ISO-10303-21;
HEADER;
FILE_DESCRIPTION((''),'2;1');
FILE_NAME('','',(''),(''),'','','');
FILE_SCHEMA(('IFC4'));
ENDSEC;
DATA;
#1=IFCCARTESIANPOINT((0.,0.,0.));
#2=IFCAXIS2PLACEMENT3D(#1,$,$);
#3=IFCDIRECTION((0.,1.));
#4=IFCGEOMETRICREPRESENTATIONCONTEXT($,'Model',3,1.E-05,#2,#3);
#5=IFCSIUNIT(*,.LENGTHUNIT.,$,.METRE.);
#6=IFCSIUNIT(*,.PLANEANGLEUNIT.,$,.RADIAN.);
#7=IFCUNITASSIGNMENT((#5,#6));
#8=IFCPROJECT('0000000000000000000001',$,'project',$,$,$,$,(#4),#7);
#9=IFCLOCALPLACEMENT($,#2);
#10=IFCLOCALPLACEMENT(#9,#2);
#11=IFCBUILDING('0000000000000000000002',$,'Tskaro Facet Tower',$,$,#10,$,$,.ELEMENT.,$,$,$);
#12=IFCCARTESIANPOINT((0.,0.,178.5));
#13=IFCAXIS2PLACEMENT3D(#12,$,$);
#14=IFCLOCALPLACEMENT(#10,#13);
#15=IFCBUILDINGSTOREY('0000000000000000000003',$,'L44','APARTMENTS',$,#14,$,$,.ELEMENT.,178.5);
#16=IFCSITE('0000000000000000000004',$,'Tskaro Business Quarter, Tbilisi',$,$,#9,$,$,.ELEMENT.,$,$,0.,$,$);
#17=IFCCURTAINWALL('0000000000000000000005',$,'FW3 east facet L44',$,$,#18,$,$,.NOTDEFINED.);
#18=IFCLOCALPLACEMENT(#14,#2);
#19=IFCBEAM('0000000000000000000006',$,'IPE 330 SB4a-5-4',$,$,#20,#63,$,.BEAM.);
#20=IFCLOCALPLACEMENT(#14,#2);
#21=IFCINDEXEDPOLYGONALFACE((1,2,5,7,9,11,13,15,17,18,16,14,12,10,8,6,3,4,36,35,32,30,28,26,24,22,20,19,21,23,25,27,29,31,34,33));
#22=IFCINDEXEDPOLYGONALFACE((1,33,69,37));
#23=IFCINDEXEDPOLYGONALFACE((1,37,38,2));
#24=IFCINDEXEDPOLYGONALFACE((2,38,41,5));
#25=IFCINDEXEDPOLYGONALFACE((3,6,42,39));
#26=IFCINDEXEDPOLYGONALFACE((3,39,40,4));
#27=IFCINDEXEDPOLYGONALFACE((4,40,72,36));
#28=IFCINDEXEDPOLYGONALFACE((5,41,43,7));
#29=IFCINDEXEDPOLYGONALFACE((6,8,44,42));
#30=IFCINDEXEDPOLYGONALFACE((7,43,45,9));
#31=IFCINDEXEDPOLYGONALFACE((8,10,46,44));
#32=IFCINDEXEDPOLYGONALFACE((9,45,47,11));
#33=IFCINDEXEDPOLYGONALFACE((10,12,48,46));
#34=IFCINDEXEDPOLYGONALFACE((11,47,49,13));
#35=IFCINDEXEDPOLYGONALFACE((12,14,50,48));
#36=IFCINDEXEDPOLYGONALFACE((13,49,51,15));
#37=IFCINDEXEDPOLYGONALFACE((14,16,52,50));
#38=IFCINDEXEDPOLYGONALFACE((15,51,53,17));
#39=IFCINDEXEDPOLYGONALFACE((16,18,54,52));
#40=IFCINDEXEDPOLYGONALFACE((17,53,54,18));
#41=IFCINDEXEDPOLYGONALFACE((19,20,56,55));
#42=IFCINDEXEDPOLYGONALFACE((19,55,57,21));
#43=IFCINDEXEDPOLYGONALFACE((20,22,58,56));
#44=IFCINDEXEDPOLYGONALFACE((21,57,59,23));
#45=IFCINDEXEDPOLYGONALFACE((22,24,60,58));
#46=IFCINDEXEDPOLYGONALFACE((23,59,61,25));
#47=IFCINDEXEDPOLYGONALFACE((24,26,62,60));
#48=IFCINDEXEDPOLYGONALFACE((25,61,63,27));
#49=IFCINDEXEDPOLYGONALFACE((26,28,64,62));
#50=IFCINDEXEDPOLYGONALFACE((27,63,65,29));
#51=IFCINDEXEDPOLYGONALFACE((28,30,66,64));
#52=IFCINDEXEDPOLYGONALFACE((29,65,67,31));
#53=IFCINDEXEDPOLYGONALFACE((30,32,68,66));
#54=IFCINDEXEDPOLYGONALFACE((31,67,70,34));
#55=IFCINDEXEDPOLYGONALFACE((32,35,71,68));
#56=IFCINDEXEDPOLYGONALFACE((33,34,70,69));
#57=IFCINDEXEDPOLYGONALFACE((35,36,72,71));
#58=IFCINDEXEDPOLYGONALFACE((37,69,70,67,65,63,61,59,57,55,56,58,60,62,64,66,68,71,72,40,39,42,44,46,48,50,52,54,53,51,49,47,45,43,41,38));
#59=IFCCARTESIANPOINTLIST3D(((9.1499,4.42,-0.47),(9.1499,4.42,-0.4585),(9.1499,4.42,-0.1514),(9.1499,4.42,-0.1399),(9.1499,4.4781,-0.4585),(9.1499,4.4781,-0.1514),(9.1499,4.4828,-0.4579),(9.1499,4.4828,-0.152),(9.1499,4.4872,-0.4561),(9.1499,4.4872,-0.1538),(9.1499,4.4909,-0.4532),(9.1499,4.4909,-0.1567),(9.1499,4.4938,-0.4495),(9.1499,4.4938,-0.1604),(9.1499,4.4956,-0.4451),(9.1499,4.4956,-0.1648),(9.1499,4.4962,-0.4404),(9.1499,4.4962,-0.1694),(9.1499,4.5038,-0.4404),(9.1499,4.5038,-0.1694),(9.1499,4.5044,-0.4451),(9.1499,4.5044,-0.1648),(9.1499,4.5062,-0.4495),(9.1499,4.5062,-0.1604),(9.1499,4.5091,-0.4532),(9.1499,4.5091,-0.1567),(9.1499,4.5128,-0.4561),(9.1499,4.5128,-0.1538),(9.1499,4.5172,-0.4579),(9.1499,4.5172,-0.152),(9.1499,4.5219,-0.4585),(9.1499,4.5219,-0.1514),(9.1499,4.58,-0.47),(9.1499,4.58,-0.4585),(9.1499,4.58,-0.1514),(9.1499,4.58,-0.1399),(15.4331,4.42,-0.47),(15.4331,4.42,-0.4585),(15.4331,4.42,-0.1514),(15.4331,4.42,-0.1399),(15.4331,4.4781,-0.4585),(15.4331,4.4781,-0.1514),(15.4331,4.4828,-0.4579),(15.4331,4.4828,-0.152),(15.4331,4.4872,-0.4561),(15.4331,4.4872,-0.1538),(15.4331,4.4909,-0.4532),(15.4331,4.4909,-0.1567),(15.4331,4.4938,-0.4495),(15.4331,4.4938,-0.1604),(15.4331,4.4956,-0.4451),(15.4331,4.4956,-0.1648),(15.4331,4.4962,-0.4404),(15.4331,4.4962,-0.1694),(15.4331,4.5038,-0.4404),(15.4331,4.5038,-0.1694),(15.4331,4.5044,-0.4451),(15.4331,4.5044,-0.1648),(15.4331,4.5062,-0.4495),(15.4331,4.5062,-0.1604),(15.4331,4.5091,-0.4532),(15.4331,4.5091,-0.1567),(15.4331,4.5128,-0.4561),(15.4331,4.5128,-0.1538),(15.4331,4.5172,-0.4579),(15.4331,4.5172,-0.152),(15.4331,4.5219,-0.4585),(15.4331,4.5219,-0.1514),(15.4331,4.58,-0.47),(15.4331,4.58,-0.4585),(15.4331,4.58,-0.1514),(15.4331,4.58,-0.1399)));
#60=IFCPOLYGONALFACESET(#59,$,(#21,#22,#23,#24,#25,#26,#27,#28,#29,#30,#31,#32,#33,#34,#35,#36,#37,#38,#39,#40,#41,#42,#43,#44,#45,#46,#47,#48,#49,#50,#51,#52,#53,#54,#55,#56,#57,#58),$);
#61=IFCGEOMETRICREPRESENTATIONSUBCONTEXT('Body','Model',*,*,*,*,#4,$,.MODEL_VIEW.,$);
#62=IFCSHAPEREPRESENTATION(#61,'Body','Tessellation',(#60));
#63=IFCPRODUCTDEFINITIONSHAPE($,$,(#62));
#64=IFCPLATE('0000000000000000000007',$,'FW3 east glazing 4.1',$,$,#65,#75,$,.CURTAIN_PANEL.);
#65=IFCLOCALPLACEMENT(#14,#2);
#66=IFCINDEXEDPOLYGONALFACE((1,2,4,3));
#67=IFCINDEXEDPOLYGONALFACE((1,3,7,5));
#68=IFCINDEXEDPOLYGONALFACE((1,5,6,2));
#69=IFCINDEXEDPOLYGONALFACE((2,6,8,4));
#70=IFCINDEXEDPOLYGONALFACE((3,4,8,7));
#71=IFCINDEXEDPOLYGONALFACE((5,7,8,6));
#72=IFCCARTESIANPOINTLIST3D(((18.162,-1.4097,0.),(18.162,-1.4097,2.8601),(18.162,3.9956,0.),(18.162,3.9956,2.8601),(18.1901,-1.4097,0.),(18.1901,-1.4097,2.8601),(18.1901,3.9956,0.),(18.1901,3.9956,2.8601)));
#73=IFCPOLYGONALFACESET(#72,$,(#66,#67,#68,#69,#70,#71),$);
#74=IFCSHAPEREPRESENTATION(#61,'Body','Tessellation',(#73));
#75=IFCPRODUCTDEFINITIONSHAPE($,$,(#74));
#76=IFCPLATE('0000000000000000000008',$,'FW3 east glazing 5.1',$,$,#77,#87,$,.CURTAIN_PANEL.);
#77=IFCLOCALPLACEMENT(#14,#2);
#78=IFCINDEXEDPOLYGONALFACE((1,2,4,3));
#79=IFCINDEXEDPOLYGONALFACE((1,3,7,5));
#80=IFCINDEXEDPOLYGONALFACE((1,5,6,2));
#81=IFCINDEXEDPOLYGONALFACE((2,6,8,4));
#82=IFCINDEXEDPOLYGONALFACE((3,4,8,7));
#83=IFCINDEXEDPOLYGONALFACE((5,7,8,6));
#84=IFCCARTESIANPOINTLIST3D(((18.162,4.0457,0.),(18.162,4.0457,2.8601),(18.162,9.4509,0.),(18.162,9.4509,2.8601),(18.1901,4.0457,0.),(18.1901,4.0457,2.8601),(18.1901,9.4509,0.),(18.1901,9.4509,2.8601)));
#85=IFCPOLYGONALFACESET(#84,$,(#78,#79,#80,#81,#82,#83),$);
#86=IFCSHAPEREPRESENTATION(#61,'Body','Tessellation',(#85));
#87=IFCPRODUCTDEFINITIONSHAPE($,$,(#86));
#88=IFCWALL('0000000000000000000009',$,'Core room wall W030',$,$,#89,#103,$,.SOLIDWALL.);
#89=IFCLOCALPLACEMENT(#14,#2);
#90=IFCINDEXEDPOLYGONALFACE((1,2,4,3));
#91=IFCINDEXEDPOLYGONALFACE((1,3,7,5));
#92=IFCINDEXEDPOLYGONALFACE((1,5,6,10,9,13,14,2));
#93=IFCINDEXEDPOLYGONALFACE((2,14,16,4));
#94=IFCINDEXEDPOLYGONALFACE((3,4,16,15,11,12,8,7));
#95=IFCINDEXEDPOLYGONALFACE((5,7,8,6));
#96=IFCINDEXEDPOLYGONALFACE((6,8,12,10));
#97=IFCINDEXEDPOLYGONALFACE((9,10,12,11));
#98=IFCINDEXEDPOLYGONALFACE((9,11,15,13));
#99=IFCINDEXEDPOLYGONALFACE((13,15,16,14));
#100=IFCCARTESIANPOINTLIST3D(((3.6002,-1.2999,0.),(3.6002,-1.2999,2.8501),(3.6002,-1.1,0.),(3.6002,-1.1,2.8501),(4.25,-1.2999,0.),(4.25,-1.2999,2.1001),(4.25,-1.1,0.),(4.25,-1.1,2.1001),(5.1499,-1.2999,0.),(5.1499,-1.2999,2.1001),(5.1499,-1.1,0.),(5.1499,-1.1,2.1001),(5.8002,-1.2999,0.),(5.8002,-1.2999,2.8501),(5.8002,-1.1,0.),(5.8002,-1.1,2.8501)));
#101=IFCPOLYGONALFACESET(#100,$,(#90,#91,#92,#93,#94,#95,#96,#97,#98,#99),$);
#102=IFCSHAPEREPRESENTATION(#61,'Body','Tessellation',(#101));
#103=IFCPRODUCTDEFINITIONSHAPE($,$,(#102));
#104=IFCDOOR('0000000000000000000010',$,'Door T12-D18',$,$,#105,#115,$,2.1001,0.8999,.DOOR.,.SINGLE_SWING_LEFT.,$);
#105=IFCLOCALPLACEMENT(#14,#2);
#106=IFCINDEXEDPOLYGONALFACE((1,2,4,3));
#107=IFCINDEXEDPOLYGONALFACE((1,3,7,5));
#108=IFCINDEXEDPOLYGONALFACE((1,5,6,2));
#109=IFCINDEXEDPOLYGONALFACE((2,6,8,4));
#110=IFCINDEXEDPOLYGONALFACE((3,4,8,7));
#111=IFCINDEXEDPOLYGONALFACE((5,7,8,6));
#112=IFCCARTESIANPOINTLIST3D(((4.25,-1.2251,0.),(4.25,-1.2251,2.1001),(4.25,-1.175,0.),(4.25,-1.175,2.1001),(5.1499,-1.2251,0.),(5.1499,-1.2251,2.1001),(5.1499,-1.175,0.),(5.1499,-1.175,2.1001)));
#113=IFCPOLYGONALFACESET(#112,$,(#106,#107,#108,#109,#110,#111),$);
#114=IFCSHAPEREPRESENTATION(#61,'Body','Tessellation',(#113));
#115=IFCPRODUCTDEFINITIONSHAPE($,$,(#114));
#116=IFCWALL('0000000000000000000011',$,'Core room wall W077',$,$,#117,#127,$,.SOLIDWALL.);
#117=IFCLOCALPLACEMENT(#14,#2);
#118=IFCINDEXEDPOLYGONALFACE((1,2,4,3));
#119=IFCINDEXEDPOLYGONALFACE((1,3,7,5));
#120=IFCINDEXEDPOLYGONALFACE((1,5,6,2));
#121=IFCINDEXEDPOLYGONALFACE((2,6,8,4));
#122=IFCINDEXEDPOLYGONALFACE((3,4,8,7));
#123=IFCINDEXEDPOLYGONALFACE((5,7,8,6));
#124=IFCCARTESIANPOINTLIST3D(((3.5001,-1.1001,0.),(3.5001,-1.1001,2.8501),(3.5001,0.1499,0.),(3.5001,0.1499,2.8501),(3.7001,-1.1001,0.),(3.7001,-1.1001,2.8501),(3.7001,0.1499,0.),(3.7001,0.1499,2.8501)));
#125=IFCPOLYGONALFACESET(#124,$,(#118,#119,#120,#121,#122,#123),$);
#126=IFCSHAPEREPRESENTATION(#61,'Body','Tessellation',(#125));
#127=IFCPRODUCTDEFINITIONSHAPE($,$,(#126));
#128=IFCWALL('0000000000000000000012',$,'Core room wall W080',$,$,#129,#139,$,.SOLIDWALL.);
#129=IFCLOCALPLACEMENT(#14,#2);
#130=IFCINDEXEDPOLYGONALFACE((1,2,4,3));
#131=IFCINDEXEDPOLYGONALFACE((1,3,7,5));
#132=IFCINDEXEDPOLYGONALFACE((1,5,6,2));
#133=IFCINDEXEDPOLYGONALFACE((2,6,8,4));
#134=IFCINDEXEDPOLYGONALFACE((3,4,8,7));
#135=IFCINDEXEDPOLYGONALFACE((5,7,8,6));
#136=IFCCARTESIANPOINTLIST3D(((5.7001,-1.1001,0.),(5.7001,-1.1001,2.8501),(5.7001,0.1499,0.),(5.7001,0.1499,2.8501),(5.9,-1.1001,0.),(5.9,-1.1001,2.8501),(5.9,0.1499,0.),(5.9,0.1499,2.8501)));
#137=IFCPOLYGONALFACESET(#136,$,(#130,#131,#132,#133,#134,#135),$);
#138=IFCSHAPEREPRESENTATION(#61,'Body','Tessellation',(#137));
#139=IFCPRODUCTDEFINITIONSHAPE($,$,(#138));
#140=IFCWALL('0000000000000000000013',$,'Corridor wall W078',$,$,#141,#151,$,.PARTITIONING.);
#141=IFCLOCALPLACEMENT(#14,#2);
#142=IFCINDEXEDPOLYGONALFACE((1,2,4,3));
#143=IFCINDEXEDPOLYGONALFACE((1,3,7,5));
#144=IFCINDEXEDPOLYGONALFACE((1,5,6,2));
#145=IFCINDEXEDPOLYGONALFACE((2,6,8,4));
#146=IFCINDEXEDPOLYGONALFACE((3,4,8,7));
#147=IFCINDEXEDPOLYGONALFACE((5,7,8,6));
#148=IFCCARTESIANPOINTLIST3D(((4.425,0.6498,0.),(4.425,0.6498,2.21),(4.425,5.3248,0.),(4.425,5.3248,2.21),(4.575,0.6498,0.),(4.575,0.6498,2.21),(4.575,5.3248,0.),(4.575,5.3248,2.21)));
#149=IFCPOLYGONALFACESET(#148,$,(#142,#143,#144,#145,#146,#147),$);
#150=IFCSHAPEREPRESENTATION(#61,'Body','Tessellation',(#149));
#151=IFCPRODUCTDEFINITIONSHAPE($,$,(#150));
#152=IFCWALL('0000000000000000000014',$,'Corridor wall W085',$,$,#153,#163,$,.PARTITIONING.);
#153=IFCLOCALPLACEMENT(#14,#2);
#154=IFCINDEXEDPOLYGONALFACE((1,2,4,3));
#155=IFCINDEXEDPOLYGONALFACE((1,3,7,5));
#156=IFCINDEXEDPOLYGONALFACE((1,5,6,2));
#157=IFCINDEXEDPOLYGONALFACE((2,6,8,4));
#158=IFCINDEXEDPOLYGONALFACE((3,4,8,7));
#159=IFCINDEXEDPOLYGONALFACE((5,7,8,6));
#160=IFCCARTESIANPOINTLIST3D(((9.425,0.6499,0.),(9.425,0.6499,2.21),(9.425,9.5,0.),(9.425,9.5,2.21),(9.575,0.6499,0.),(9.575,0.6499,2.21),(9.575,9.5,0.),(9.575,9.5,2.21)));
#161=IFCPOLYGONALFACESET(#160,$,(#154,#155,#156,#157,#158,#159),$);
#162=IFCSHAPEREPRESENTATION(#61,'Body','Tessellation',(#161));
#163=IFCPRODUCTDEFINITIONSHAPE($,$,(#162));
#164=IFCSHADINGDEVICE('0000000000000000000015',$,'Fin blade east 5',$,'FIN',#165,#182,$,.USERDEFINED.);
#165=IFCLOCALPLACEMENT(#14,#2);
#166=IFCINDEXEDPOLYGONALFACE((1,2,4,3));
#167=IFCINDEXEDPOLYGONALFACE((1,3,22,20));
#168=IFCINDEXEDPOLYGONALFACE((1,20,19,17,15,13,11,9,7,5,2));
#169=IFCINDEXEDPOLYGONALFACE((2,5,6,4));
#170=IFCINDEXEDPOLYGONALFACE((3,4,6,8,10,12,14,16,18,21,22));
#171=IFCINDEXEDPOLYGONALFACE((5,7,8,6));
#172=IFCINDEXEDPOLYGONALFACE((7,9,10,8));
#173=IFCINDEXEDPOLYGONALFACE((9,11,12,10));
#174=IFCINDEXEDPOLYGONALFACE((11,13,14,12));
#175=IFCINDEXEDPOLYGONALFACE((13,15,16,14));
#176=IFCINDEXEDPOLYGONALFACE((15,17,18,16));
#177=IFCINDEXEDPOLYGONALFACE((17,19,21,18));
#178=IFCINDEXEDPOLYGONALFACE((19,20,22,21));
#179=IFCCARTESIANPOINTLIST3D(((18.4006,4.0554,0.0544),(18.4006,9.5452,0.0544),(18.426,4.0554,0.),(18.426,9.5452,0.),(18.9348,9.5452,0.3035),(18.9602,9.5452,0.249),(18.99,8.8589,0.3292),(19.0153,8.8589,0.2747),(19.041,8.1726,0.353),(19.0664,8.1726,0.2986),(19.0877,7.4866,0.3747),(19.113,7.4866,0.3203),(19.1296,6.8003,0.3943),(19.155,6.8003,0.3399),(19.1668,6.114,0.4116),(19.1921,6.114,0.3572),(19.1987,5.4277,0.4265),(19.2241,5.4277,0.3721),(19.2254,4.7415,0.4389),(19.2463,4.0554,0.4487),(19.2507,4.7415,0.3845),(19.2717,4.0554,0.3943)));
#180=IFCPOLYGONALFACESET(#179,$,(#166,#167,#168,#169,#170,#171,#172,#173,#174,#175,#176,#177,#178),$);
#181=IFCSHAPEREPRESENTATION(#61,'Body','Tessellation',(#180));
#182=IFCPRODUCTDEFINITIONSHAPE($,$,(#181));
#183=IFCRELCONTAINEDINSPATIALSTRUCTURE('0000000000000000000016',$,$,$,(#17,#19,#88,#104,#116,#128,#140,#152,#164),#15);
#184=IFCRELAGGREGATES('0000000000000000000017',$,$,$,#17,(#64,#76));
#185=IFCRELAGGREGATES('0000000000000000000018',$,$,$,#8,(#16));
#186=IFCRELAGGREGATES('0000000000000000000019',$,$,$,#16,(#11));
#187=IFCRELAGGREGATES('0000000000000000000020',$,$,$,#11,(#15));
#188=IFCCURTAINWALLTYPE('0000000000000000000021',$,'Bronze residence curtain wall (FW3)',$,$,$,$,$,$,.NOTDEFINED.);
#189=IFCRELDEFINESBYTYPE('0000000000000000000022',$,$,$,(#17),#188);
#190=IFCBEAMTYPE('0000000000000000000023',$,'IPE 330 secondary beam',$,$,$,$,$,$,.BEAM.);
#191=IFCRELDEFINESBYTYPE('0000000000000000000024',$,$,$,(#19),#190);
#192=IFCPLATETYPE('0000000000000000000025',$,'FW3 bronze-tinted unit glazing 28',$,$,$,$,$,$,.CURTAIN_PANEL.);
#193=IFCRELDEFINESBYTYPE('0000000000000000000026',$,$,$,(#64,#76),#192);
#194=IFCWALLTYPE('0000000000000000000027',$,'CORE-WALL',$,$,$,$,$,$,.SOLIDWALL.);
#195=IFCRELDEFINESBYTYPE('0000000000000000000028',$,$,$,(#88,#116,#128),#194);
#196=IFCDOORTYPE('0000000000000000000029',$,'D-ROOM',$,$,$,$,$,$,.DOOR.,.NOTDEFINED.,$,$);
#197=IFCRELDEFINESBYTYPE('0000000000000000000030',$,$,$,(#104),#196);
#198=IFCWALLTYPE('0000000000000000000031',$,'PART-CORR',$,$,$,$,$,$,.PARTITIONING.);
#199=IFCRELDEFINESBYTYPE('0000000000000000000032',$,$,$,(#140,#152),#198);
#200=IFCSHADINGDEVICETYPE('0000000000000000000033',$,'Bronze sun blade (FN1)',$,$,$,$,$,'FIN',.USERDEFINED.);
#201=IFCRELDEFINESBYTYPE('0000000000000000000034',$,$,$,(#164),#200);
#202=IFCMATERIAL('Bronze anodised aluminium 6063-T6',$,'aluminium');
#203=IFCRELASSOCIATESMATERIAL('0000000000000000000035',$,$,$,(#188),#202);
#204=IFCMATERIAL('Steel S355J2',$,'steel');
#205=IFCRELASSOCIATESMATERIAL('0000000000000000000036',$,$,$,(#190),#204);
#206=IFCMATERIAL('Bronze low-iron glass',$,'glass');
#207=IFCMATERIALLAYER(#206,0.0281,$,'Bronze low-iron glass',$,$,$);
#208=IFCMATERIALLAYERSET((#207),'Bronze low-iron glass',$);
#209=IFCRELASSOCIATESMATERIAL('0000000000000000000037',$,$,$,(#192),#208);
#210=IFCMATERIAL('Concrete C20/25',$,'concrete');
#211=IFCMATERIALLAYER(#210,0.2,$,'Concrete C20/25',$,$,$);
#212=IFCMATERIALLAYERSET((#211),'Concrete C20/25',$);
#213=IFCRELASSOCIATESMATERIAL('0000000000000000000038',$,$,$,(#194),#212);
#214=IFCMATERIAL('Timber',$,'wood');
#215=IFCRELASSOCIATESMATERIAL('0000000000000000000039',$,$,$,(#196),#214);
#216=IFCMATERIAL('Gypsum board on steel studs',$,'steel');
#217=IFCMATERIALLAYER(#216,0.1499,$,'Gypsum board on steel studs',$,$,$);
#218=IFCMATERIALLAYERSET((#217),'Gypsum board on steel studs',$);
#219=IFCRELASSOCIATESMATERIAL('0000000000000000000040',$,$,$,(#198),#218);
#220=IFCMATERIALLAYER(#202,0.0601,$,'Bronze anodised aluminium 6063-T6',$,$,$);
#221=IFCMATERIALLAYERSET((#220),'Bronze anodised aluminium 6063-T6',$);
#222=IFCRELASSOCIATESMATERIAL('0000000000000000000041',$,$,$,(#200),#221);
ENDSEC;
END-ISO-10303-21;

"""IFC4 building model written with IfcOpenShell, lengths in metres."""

from ifc_helpers import new_model, si_unit, direction, frame, frame_2d, origin, origin_2d, place, context, subcontext, project, spatial, polyline, rectangle, i_section, outline, extrude, material, layer, layer_set, material_profile, profile_set, type_object, element, fill, aggregate, save


model = new_model("IFC4")

# Units and contexts
model_context = context("Model", 3, precision=1e-05, world=origin(), true_north=direction((0.0, 1.0)))
body_context = subcontext(model_context, "Body", "Model", "MODEL_VIEW")
ifc_project = project(units=[si_unit("LENGTHUNIT", "METRE"), si_unit("PLANEANGLEUNIT", "RADIAN")], contexts=[model_context])

# Site, building, storey
site_placement = place(None, origin())
site = spatial("IfcSite", under=ifc_project, at=site_placement, Name="Tskaro Business Quarter, Tbilisi", CompositionType="ELEMENT", RefElevation=0.0)
building_placement = place(site_placement, origin())
building = spatial("IfcBuilding", under=site, at=building_placement, Name="Tskaro Facet Tower", CompositionType="ELEMENT")
storey_placement = place(building_placement, frame((0.0, 0.0, 178.5)))
storey = spatial("IfcBuildingStorey", under=building, at=storey_placement, Name="L44", Description="APARTMENTS", CompositionType="ELEMENT", Elevation=178.5)

# Curtain wall
ifc_material_1 = material(Name="Bronze anodised aluminium 6063-T6", Category="aluminium")
curtain_wall_type = type_object("IfcCurtainWallType", Name="Bronze residence curtain wall (FW3)", PredefinedType="NOTDEFINED", material=ifc_material_1)
curtain_wall_placement = place(storey_placement, origin())
curtain_wall = element("IfcCurtainWall", 1, at=curtain_wall_placement, inside=storey, type_object=curtain_wall_type, Name="FW3 east facet L44", PredefinedType="NOTDEFINED")

# Beam
ifc_material_2 = material(Name="Steel S355J2", Category="steel")
ifc_material_profile_1 = material_profile(ifc_material_2, i_section(OverallWidth=0.1599, OverallDepth=0.3301, WebThickness=0.0076, FlangeThickness=0.0115, FilletRadius=0.0181, at=origin_2d()), Name="IPE 330")
ifc_profile_set_1 = profile_set([ifc_material_profile_1], Name="Steel S355J2")
beam_type_1 = type_object("IfcBeamType", Name="IPE 330 secondary beam", PredefinedType="BEAM", material=ifc_profile_set_1)
beam_1_placement = place(storey_placement, frame((9.1499, 4.5, -0.3049), z_axis=(1.0, 0.0, 0.0), x_axis=(0.0, 1.0, 0.0)))
element("IfcBeam", 2, at=beam_1_placement, inside=storey, type_object=beam_type_1, Name="IPE 330 SB4a-5-4", PredefinedType="BEAM", context=body_context, shape_type="SweptSolid", body=[
    extrude(i_section(OverallWidth=0.1599, OverallDepth=0.3301, WebThickness=0.0076, FlangeThickness=0.0115, FilletRadius=0.0181, at=origin_2d()), origin(), (0.0, 0.0, 1.0), 6.2832),
])

# Plates
ifc_material_3 = material(Name="Bronze low-iron glass", Category="glass")
ifc_layer_1 = layer(ifc_material_3, 0.0281, Name="Bronze low-iron glass")
ifc_layer_set_1 = layer_set([ifc_layer_1], Name="Bronze low-iron glass")
plate_type = type_object("IfcPlateType", Name="FW3 bronze-tinted unit glazing 28", PredefinedType="CURTAIN_PANEL", material=ifc_layer_set_1)
plate_1_placement = place(storey_placement, frame((18.176, 1.293, 0.0), z_axis=(0.0, 0.0, 1.0), x_axis=(0.0, 1.0, 0.0)))
plate_1 = element("IfcPlate", 3, at=plate_1_placement, type_object=plate_type, Name="FW3 east glazing 4.1", PredefinedType="CURTAIN_PANEL", context=body_context, shape_type="SweptSolid", body=[
    extrude(rectangle(XDim=5.4053, YDim=0.0281, at=origin_2d()), origin(), (0.0, 0.0, 1.0), 2.8601),
])
plate_2_placement = place(storey_placement, frame((18.176, 6.7483, 0.0), z_axis=(0.0, 0.0, 1.0), x_axis=(0.0, 1.0, 0.0)))
plate_2 = element("IfcPlate", 4, at=plate_2_placement, type_object=plate_type, Name="FW3 east glazing 5.1", PredefinedType="CURTAIN_PANEL", context=body_context, shape_type="SweptSolid", body=[
    extrude(rectangle(XDim=5.4053, YDim=0.0281, at=origin_2d()), origin(), (0.0, 0.0, 1.0), 2.8601),
])
aggregate(curtain_wall, [plate_1, plate_2])

# Wall, opening, door
ifc_material_4 = material(Name="Concrete C20/25", Category="concrete")
ifc_layer_2 = layer(ifc_material_4, 0.2, Name="Concrete C20/25")
ifc_layer_set_2 = layer_set([ifc_layer_2], Name="Concrete C20/25")
wall_type_1 = type_object("IfcWallType", Name="CORE-WALL", PredefinedType="SOLIDWALL", material=ifc_layer_set_2)
wall_1_placement = place(storey_placement, frame((3.6001, -1.2, 0.0), z_axis=(0.0, 0.0, 1.0), x_axis=(1.0, 0.0, 0.0)))
wall_1 = element("IfcWall", 5, at=wall_1_placement, inside=storey, type_object=wall_type_1, Name="Core room wall W030", PredefinedType="SOLIDWALL", context=body_context, shape_type="SweptSolid", body=[
    extrude(rectangle(XDim=2.2, YDim=0.2, at=frame_2d((1.1001, 0.0))), origin(), (0.0, 0.0, 1.0), 2.8501),
])
opening_placement = place(wall_1_placement, frame((0.6499, 0.0, 0.0)))
opening = element("IfcOpeningElement", 6, at=opening_placement, cuts=wall_1, PredefinedType="OPENING", context=body_context, shape_type="SweptSolid", body=[
    extrude(rectangle(XDim=0.8999, YDim=2.1001, at=frame_2d((0.45, 1.05))), frame((0.0, 0.1099, 0.0), z_axis=(0.0, -1.0, 0.0), x_axis=(1.0, 0.0, 0.0)), (0.0, 0.0, 1.0), 0.22),
])
ifc_material_5 = material(Name="Timber", Category="wood")
door_type = type_object("IfcDoorType", Name="D-ROOM", OperationType="NOTDEFINED", PredefinedType="DOOR", material=ifc_material_5)
door_placement = place(opening_placement, origin())
door = element("IfcDoor", 7, at=door_placement, inside=storey, type_object=door_type, Name="Door T12-D18", OperationType="SINGLE_SWING_LEFT", OverallHeight=2.1001, OverallWidth=0.8999, PredefinedType="DOOR", context=body_context, shape_type="SweptSolid", body=[
    extrude(rectangle(XDim=0.8999, YDim=2.1001, at=frame_2d((0.45, 1.05))), frame((0.0, 0.0249, 0.0), z_axis=(0.0, -1.0, 0.0), x_axis=(1.0, 0.0, 0.0)), (0.0, 0.0, 1.0), 0.05),
])
fill(opening, door)

# Walls
for number, where, z_axis, x_axis, name in (
    (8, (3.6001, -1.1001, 0.0), (0.0, 0.0, 1.0), (0.0, 1.0, 0.0), "Core room wall W077"),
    (9, (5.8, -1.1001, 0.0), (0.0, 0.0, 1.0), (0.0, 1.0, 0.0), "Core room wall W080"),
):
    element("IfcWall", number, at=place(storey_placement, frame(where, z_axis=z_axis, x_axis=x_axis)), inside=storey, type_object=wall_type_1, Name=name, PredefinedType="SOLIDWALL", context=body_context, shape_type="SweptSolid", body=[
        extrude(rectangle(XDim=1.25, YDim=0.2, at=frame_2d((0.625, 0.0))), origin(), (0.0, 0.0, 1.0), 2.8501),
    ])
ifc_material_6 = material(Name="Gypsum board on steel studs", Category="steel")
ifc_layer_3 = layer(ifc_material_6, 0.1499, Name="Gypsum board on steel studs")
ifc_layer_set_3 = layer_set([ifc_layer_3], Name="Gypsum board on steel studs")
wall_type_2 = type_object("IfcWallType", Name="PART-CORR", PredefinedType="PARTITIONING", material=ifc_layer_set_3)
wall_2_placement = place(storey_placement, frame((4.5, 0.6499, 0.0), z_axis=(0.0, 0.0, 1.0), x_axis=(0.0, 1.0, 0.0)))
element("IfcWall", 10, at=wall_2_placement, inside=storey, type_object=wall_type_2, Name="Corridor wall W078", PredefinedType="PARTITIONING", context=body_context, shape_type="SweptSolid", body=[
    extrude(rectangle(XDim=4.675, YDim=0.1499, at=frame_2d((2.3374, 0.0))), origin(), (0.0, 0.0, 1.0), 2.21),
])
wall_3_placement = place(storey_placement, frame((9.5, 0.6499, 0.0), z_axis=(0.0, 0.0, 1.0), x_axis=(0.0, 1.0, 0.0)))
element("IfcWall", 11, at=wall_3_placement, inside=storey, type_object=wall_type_2, Name="Corridor wall W085", PredefinedType="PARTITIONING", context=body_context, shape_type="SweptSolid", body=[
    extrude(rectangle(XDim=8.8501, YDim=0.1499, at=frame_2d((4.425, 0.0))), origin(), (0.0, 0.0, 1.0), 2.21),
])

# Shading device
ifc_layer_4 = layer(ifc_material_1, 0.0601, Name="Bronze anodised aluminium 6063-T6")
ifc_layer_set_4 = layer_set([ifc_layer_4], Name="Bronze anodised aluminium 6063-T6")
shading_device_type = type_object("IfcShadingDeviceType", Name="Bronze sun blade (FN1)", ElementType="FIN", PredefinedType="USERDEFINED", material=ifc_layer_set_4)
shading_device_1_placement = place(storey_placement, frame((18.4006, 4.0554, 0.0544), z_axis=(-0.422539, 0.000003, 0.906345), x_axis=(0.000001, 1.0, -0.000003)))
element("IfcShadingDevice", 12, at=shading_device_1_placement, inside=storey, type_object=shading_device_type, Name="Fin blade east 5", ObjectType="FIN", PredefinedType="USERDEFINED", context=body_context, shape_type="SweptSolid", body=[
    extrude(outline(polyline([(0.0, 0.0), (5.4897, 0.0), (5.4897, -0.5894), (4.8035, -0.6502), (4.1172, -0.7066), (3.4312, -0.758), (2.7449, -0.8043), (2.0586, -0.8453), (1.3723, -0.8806), (0.686, -0.9099), (0.0, -0.9331), (0.0, 0.0)])), origin(), (0.0, 0.0, -1.0), 0.0601),
])

save(model, "model.ifc")
